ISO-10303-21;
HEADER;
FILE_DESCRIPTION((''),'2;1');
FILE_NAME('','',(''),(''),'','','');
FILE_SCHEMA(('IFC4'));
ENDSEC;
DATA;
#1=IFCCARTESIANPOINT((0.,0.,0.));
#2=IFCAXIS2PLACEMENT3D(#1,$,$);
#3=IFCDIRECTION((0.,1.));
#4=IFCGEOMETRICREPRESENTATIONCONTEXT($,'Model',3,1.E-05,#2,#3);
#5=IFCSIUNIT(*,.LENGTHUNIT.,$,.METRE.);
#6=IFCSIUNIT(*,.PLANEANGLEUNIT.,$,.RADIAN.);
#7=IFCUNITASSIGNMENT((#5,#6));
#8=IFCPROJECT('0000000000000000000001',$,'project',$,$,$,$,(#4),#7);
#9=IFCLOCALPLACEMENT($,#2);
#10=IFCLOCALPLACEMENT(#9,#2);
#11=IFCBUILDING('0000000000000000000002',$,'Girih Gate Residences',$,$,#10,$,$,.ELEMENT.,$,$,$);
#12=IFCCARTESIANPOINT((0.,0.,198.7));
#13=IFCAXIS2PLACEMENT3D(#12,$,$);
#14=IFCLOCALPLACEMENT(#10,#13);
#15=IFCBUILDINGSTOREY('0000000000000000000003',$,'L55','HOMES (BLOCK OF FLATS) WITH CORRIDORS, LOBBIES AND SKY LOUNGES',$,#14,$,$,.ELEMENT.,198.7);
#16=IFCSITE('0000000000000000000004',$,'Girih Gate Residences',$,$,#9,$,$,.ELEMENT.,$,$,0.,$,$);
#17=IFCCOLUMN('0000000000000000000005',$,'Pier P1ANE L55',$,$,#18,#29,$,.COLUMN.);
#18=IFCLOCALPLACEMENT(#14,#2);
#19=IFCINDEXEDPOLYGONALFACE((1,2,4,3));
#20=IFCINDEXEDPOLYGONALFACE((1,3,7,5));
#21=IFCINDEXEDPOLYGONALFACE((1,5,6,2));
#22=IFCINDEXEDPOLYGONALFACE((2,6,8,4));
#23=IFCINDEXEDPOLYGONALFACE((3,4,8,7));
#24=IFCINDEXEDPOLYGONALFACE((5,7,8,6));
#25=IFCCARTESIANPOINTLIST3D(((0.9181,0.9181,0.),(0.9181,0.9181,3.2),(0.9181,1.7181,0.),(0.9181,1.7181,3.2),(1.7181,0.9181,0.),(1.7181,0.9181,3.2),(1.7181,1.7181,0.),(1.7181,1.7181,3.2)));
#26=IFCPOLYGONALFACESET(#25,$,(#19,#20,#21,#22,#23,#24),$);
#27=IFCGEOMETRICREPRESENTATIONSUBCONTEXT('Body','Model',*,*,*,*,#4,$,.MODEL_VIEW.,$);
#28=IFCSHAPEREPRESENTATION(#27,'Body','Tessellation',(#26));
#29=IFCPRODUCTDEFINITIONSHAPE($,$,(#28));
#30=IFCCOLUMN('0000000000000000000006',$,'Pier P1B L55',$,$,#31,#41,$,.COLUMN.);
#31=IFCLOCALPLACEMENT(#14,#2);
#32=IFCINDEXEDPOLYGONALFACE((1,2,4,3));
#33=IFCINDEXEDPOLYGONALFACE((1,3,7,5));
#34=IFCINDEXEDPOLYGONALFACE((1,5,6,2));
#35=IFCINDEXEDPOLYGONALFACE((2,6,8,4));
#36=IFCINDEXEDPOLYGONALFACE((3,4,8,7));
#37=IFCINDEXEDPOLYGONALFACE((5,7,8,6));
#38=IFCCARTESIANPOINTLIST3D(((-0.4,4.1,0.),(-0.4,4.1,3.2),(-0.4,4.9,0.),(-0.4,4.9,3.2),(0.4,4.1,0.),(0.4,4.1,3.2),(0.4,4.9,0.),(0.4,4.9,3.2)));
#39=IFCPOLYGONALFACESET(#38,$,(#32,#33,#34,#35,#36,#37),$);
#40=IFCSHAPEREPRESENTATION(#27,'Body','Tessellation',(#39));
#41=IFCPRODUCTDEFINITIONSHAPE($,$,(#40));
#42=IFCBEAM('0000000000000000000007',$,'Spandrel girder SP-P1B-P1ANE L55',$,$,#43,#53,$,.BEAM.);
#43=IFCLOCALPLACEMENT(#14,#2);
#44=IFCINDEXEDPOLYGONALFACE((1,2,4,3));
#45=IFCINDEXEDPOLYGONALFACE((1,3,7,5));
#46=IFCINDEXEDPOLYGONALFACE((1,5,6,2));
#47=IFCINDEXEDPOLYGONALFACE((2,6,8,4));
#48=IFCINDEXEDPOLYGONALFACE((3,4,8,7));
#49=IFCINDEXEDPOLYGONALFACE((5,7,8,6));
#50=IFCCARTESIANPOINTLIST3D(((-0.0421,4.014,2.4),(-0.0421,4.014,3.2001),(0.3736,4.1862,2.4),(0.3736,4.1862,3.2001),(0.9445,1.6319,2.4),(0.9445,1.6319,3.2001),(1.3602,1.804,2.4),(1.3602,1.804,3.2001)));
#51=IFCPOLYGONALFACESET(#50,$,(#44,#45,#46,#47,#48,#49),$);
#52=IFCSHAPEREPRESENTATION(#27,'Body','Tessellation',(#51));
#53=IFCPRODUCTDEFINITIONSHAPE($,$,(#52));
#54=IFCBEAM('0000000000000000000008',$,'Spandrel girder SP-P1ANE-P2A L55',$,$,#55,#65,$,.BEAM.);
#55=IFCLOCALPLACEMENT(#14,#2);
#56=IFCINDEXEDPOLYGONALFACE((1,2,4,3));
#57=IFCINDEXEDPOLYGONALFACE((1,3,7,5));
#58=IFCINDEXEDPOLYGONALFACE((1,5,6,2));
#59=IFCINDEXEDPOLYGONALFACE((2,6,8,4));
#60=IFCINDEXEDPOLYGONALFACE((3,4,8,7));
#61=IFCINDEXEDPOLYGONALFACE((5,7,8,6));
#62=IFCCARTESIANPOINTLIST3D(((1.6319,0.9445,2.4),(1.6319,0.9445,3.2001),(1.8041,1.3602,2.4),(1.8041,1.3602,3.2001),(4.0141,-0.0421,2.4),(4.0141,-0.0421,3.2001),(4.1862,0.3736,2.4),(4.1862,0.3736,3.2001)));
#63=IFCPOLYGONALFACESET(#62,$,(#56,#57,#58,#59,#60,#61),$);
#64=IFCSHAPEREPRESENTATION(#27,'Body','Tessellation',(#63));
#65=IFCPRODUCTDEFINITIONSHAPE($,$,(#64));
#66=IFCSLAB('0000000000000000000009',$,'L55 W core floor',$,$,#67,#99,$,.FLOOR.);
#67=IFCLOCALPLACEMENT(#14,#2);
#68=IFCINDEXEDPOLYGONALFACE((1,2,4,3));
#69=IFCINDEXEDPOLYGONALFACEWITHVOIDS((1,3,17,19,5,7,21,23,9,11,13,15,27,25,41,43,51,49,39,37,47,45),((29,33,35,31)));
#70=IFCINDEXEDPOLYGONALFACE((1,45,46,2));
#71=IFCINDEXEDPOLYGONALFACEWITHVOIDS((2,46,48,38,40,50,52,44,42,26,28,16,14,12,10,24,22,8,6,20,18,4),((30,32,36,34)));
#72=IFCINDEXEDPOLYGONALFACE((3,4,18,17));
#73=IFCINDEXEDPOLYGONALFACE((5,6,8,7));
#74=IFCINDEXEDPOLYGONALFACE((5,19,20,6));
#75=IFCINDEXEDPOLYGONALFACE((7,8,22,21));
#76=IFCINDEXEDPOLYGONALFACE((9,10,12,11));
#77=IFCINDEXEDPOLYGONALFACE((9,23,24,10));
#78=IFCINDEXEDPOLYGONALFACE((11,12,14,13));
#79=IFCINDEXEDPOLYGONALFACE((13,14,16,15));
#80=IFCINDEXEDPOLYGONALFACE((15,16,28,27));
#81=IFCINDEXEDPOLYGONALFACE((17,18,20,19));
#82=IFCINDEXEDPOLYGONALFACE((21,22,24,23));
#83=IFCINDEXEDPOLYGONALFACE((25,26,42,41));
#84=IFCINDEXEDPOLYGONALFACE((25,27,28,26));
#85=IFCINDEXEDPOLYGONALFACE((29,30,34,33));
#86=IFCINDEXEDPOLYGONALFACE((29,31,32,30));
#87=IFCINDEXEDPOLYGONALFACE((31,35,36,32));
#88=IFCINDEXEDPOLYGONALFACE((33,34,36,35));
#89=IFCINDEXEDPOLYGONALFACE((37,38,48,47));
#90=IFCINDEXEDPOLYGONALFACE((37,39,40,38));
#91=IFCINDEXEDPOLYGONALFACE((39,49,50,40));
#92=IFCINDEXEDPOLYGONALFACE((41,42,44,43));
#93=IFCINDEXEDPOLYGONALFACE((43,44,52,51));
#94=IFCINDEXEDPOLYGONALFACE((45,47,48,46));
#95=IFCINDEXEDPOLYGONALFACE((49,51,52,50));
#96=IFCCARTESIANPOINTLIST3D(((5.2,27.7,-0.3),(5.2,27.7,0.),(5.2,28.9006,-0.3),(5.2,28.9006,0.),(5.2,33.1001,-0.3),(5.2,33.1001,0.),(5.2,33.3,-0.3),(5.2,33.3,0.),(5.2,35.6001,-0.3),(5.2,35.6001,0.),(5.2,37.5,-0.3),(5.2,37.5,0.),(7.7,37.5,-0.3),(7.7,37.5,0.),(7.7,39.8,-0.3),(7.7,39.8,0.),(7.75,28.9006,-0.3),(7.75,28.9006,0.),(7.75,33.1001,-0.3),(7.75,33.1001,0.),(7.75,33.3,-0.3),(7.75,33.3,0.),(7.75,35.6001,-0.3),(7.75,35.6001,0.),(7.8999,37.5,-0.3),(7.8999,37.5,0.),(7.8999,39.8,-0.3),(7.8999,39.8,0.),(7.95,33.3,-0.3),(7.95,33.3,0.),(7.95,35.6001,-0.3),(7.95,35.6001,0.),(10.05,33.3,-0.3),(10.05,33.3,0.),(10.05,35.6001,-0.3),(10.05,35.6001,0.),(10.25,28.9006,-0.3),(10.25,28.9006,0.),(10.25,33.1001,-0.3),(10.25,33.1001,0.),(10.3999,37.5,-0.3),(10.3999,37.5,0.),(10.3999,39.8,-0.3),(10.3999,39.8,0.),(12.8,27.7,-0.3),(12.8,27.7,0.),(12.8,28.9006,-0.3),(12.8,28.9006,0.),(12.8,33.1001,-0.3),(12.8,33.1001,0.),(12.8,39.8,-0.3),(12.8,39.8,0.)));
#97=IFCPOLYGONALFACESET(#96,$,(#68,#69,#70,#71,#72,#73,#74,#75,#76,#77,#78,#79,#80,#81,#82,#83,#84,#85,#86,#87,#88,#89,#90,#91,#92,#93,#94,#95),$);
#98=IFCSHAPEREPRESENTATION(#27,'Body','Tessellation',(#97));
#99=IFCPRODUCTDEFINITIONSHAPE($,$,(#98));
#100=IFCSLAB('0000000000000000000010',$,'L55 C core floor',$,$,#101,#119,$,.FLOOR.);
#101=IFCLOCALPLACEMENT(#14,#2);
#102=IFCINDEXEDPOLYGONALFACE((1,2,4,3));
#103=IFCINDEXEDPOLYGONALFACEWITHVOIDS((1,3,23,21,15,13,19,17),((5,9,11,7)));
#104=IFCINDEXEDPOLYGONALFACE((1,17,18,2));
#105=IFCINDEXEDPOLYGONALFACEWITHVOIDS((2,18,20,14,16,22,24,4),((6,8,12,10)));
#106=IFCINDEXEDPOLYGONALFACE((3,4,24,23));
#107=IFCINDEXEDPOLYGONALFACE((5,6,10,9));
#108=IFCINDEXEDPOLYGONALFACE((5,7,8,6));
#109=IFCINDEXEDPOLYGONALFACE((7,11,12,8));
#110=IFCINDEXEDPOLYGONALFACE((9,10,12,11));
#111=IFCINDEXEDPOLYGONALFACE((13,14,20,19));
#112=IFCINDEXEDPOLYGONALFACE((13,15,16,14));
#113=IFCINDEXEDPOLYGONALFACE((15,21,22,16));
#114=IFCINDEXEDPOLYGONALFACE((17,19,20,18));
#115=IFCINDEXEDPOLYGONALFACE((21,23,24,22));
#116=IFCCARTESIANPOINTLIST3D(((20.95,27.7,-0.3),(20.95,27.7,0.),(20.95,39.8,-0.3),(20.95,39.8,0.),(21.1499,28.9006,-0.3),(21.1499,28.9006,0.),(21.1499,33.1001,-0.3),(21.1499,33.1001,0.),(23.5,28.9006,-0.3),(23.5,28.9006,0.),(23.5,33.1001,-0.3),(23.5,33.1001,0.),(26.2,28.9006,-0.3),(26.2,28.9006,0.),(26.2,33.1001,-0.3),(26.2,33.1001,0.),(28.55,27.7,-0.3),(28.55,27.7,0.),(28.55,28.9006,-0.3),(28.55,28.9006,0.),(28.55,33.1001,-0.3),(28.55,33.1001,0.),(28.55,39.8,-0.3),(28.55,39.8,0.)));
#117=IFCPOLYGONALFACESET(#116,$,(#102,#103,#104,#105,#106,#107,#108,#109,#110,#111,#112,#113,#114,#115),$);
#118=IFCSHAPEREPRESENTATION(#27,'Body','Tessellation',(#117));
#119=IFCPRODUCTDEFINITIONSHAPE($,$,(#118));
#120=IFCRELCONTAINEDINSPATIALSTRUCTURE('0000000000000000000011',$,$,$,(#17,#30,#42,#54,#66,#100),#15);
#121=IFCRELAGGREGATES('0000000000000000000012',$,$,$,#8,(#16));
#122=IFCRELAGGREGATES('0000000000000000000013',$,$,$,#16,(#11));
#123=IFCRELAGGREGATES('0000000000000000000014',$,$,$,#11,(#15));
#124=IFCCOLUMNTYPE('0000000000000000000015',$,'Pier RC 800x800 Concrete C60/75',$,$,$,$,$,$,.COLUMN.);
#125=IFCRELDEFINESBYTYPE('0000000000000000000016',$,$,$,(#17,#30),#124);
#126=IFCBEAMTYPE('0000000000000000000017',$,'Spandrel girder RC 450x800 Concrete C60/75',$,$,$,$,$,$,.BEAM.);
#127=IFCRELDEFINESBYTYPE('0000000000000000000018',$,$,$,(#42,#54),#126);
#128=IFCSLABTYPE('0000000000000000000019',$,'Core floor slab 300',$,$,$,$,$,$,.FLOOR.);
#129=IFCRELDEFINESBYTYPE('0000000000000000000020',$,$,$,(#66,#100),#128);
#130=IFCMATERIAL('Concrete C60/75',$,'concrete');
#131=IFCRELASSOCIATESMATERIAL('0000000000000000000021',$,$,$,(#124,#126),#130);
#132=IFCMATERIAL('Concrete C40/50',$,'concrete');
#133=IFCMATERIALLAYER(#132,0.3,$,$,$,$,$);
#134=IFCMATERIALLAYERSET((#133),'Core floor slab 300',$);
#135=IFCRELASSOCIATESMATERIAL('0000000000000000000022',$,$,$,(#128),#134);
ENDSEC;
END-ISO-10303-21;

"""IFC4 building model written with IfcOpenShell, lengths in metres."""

from ifc_helpers import new_model, si_unit, direction, frame, origin, origin_2d, place, context, subcontext, project, spatial, polyline, rectangle, outline, extrude, material, layer, layer_set, material_profile, profile_set, type_object, element, save


model = new_model("IFC4")

# Units and contexts
model_context = context("Model", 3, precision=1e-05, world=origin(), true_north=direction((0.0, 1.0)))
body_context = subcontext(model_context, "Body", "Model", "MODEL_VIEW")
ifc_project = project(units=[si_unit("LENGTHUNIT", "METRE"), si_unit("PLANEANGLEUNIT", "RADIAN")], contexts=[model_context])

# Site, building, storey
site_placement = place(None, origin())
site = spatial("IfcSite", under=ifc_project, at=site_placement, Name="Girih Gate Residences", CompositionType="ELEMENT", RefElevation=0.0)
building_placement = place(site_placement, origin())
building = spatial("IfcBuilding", under=site, at=building_placement, Name="Girih Gate Residences", CompositionType="ELEMENT")
storey_placement = place(building_placement, frame((0.0, 0.0, 198.7)))
storey = spatial("IfcBuildingStorey", under=building, at=storey_placement, Name="L55", Description="HOMES (BLOCK OF FLATS) WITH CORRIDORS, LOBBIES AND SKY LOUNGES", CompositionType="ELEMENT", Elevation=198.7)

# Columns
ifc_material_1 = material(Name="Concrete C60/75", Category="concrete")
ifc_material_profile_1 = material_profile(ifc_material_1, rectangle(XDim=0.8, YDim=0.8, at=origin_2d()))
ifc_profile_set_1 = profile_set([ifc_material_profile_1], Name="Concrete C60/75")
column_type = type_object("IfcColumnType", Name="Pier RC 800x800 Concrete C60/75", PredefinedType="COLUMN", material=ifc_profile_set_1)
for number, where, z_axis, x_axis, name in (
    (1, (1.3181, 1.3181, 0.0), (0.0, 0.0, 1.0), (1.0, 0.0, 0.0), "Pier P1ANE L55"),
    (2, (0.0, 4.5, 0.0), (0.0, 0.0, 1.0), (1.0, 0.0, 0.0), "Pier P1B L55"),
):
    element("IfcColumn", number, at=place(storey_placement, frame(where, z_axis=z_axis, x_axis=x_axis)), inside=storey, type_object=column_type, Name=name, PredefinedType="COLUMN", context=body_context, shape_type="SweptSolid", body=[
        extrude(rectangle(XDim=0.8, YDim=0.8, at=origin_2d()), origin(), (0.0, 0.0, 1.0), 3.2),
    ])

# Beams
ifc_material_profile_2 = material_profile(ifc_material_1, rectangle(XDim=0.45, YDim=0.8, at=origin_2d()))
ifc_profile_set_2 = profile_set([ifc_material_profile_2], Name="Concrete C60/75")
beam_type = type_object("IfcBeamType", Name="Spandrel girder RC 450x800 Concrete C60/75", PredefinedType="BEAM", material=ifc_profile_set_2)
for number, where, z_axis, x_axis, name in (
    (3, (0.1658, 4.1001, 2.8), (0.382644, -0.923896, 0.0), (0.923896, 0.382644, 0.0), "Spandrel girder SP-P1B-P1ANE L55"),
    (4, (1.718, 1.1523, 2.8), (0.923896, -0.382644, 0.0), (0.382644, 0.923896, 0.0), "Spandrel girder SP-P1ANE-P2A L55"),
):
    element("IfcBeam", number, at=place(storey_placement, frame(where, z_axis=z_axis, x_axis=x_axis)), inside=storey, type_object=beam_type, Name=name, PredefinedType="BEAM", context=body_context, shape_type="SweptSolid", body=[
        extrude(rectangle(XDim=0.45, YDim=0.8, at=origin_2d()), origin(), (0.0, 0.0, 1.0), 2.5784),
    ])

# Slabs
ifc_material_2 = material(Name="Concrete C40/50", Category="concrete")
ifc_layer_1 = layer(ifc_material_2, 0.3)
ifc_layer_set_1 = layer_set([ifc_layer_1], Name="Core floor slab 300")
slab_type_1 = type_object("IfcSlabType", Name="Core floor slab 300", PredefinedType="FLOOR", material=ifc_layer_set_1)
slab_1_placement = place(storey_placement, frame((0.0, 0.0, -0.3)))
element("IfcSlab", 5, at=slab_1_placement, inside=storey, type_object=slab_type_1, Name="L55 W core floor", PredefinedType="FLOOR", context=body_context, shape_type="SweptSolid", body=[
    extrude(outline(polyline([(12.8, 27.7), (5.2, 27.7), (5.2, 28.9006), (7.75, 28.9006), (7.75, 33.1001), (5.2, 33.1001), (5.2, 33.3), (7.75, 33.3), (7.75, 35.6001), (5.2, 35.6001), (5.2, 37.5), (7.7, 37.5), (7.7, 39.8), (7.8999, 39.8), (7.8999, 37.5), (10.3999, 37.5), (10.3999, 39.8), (12.8, 39.8), (12.8, 33.1001), (10.25, 33.1001), (10.25, 28.9006), (12.8, 28.9006), (12.8, 27.7)]), holes=[polyline([(7.95, 33.3), (10.05, 33.3), (10.05, 35.6001), (7.95, 35.6001), (7.95, 33.3)])]), origin(), (0.0, 0.0, 1.0), 0.3),
])
slab_2_placement = place(storey_placement, frame((0.0, 0.0, -0.3)))
element("IfcSlab", 6, at=slab_2_placement, inside=storey, type_object=slab_type_1, Name="L55 C core floor", PredefinedType="FLOOR", context=body_context, shape_type="SweptSolid", body=[
    extrude(outline(polyline([(28.55, 27.7), (20.95, 27.7), (20.95, 39.8), (28.55, 39.8), (28.55, 33.1001), (26.2, 33.1001), (26.2, 28.9006), (28.55, 28.9006), (28.55, 27.7)]), holes=[polyline([(23.5, 28.9006), (23.5, 33.1001), (21.1499, 33.1001), (21.1499, 28.9006), (23.5, 28.9006)])]), origin(), (0.0, 0.0, 1.0), 0.3),
])

save(model, "model.ifc")
